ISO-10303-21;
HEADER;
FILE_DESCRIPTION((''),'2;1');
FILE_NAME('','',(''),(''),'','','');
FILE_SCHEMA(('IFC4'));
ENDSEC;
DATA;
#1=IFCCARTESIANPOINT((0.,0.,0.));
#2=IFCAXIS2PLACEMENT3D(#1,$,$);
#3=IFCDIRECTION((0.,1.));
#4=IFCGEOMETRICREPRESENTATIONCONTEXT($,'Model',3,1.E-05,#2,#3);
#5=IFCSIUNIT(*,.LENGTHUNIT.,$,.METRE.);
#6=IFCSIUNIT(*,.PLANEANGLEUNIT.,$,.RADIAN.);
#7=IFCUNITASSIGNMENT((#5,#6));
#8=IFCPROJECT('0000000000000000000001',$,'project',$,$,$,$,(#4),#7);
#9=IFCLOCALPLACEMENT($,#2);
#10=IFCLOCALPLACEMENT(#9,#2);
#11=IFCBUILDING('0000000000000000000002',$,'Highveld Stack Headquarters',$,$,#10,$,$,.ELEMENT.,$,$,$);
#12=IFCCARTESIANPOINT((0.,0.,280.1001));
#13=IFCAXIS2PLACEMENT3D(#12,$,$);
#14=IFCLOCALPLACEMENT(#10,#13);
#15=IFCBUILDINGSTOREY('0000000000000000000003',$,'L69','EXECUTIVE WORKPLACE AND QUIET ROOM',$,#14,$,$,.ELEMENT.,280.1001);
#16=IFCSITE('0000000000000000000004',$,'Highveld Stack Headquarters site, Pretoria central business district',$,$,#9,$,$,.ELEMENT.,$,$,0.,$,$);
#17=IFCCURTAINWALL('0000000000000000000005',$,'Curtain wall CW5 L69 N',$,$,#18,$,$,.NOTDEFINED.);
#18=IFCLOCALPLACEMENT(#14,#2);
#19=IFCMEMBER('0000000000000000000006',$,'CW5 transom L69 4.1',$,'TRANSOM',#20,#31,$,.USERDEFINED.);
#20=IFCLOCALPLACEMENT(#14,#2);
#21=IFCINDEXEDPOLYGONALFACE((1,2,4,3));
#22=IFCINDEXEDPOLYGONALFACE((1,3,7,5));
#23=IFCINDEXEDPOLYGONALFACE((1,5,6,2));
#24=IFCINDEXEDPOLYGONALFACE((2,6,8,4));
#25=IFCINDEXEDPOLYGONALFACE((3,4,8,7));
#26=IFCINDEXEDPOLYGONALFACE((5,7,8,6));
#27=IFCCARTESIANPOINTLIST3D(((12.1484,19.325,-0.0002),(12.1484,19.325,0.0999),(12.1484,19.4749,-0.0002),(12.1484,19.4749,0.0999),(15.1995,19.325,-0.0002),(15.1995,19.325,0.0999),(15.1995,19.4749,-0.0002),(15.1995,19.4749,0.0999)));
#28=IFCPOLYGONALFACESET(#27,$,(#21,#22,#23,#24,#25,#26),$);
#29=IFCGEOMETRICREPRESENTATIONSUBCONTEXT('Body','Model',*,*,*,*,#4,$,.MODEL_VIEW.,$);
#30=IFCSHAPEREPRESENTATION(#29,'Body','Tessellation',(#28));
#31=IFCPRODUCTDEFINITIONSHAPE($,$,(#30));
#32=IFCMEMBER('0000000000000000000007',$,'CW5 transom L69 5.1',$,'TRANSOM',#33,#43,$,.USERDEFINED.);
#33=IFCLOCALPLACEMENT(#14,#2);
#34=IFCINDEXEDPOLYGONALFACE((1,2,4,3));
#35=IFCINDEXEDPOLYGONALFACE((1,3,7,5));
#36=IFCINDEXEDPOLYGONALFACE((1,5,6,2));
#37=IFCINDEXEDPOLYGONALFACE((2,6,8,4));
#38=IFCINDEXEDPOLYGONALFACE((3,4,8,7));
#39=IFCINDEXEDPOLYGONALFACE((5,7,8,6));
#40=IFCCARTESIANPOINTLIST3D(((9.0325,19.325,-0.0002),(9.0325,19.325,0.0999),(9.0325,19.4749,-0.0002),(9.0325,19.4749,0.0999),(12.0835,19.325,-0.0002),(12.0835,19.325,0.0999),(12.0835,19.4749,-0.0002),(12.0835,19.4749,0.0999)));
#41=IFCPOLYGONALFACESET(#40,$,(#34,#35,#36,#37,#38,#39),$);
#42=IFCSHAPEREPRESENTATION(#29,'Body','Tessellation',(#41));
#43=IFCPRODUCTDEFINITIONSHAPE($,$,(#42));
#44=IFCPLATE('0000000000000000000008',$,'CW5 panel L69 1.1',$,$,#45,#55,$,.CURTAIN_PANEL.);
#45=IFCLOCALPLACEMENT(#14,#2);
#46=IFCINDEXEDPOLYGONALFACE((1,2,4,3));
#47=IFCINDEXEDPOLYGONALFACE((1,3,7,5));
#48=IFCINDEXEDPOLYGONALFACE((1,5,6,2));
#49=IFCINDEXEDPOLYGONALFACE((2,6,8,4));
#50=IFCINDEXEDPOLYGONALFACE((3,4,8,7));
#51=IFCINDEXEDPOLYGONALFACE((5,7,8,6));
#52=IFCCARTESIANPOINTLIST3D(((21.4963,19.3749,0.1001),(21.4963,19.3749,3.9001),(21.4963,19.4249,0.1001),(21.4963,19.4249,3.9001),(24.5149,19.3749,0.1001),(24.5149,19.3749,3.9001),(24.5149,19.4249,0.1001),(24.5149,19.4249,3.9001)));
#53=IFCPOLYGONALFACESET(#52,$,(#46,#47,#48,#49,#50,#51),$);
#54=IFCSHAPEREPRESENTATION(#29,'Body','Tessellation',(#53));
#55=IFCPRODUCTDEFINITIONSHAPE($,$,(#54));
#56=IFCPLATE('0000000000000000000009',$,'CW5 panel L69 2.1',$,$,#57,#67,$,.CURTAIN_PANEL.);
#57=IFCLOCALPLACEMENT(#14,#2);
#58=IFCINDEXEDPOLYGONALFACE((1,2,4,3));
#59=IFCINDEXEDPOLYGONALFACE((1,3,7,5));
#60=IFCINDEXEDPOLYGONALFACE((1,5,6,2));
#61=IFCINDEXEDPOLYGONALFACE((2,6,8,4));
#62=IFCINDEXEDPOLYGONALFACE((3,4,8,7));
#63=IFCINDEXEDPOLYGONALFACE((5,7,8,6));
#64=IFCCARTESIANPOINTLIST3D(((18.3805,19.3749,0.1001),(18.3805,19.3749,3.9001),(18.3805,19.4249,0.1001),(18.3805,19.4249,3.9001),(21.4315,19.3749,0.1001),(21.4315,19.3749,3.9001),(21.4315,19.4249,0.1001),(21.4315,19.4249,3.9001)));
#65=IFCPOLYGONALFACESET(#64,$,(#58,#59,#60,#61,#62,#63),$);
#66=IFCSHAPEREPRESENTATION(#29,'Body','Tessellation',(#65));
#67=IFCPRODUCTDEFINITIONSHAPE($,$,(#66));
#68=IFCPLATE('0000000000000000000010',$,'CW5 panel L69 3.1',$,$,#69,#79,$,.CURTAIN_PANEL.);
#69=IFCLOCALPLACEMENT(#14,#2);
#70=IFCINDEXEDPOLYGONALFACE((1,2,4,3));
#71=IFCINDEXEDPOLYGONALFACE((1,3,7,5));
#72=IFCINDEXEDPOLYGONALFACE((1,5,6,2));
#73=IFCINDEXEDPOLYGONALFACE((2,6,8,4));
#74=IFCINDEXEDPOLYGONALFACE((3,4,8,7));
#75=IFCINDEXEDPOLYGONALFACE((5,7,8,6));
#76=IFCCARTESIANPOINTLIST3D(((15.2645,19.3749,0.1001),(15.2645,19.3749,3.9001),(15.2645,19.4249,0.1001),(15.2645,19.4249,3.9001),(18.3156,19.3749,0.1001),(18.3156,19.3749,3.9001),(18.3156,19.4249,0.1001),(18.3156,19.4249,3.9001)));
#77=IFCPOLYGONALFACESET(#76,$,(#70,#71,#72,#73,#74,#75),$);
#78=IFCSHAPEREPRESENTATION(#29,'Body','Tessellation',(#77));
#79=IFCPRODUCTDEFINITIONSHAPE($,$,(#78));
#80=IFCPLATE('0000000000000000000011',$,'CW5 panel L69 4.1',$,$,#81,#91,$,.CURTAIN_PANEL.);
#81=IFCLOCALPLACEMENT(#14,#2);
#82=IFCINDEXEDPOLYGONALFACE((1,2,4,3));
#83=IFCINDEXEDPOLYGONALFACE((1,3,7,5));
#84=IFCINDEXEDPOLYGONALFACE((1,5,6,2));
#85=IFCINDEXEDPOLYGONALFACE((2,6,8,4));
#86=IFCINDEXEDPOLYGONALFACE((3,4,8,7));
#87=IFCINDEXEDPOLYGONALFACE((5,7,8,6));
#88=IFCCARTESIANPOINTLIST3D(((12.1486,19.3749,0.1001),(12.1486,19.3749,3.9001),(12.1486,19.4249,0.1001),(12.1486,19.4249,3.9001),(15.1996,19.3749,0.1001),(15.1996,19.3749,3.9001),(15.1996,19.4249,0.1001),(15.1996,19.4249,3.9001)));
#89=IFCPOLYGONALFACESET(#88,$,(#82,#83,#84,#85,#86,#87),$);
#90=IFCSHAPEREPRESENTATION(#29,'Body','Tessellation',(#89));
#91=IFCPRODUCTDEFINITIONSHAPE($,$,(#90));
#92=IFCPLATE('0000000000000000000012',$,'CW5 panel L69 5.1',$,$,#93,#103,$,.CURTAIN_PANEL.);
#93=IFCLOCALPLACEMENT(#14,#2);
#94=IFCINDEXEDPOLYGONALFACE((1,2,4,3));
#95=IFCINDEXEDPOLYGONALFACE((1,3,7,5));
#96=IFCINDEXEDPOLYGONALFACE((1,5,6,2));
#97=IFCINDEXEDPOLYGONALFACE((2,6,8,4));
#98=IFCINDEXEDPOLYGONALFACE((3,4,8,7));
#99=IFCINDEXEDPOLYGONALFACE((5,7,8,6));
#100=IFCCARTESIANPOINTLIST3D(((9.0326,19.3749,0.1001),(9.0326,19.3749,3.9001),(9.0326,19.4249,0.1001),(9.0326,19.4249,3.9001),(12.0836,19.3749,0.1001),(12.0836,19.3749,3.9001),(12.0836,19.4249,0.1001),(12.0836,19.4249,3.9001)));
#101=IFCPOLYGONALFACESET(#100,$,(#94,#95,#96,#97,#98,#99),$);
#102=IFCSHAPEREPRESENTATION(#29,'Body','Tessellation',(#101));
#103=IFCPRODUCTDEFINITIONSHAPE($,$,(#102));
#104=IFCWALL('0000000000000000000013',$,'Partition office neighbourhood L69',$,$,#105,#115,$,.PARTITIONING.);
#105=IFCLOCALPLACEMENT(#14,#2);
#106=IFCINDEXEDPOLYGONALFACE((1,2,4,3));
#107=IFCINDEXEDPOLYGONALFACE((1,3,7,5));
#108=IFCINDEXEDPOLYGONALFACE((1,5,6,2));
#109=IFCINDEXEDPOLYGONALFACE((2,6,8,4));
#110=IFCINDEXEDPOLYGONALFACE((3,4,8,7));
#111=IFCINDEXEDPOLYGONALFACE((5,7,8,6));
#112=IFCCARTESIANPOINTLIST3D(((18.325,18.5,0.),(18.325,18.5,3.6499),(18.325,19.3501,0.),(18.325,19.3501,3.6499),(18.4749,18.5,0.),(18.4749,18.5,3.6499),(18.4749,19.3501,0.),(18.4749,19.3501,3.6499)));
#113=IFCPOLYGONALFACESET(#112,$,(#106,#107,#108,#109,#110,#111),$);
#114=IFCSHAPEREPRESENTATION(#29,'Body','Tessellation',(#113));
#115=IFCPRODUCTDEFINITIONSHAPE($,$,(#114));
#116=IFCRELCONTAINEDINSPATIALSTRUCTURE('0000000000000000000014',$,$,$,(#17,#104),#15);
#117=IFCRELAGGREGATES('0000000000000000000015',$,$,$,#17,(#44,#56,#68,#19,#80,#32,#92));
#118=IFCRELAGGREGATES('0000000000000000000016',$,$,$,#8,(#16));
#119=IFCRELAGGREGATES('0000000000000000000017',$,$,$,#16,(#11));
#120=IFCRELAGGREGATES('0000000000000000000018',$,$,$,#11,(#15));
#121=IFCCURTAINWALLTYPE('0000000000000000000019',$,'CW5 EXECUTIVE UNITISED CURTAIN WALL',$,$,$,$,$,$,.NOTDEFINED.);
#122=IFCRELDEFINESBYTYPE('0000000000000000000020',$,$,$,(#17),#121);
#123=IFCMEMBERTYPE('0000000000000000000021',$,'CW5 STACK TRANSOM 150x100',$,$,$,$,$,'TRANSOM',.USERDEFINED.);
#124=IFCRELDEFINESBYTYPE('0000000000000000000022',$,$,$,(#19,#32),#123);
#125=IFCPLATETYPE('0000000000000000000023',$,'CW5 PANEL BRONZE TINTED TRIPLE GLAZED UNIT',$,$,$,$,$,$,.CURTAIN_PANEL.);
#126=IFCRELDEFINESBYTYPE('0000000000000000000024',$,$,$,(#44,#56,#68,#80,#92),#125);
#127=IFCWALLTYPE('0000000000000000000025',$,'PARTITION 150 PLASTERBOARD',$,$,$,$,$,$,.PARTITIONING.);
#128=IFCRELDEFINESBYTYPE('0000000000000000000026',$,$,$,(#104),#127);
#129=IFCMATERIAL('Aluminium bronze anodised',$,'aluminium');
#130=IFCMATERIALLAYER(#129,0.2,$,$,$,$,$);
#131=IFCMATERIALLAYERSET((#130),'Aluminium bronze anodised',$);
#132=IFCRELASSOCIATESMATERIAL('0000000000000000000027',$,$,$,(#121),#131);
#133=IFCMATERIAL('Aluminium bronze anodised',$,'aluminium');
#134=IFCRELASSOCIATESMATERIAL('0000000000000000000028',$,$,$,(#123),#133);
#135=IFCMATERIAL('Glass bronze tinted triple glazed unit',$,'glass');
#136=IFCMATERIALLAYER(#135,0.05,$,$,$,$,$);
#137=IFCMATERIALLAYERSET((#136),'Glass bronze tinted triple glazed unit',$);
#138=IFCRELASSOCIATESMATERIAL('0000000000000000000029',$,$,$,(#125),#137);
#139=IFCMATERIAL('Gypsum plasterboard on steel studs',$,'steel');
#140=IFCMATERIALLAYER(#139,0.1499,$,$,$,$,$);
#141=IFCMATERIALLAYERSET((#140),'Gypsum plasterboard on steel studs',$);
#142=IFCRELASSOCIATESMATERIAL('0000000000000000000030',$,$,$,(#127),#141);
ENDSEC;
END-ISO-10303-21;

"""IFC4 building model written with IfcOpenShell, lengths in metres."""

from ifc_helpers import new_model, si_unit, direction, frame, frame_2d, origin, origin_2d, place, context, subcontext, project, spatial, rectangle, extrude, material, layer, layer_set, material_profile, profile_set, type_object, element, aggregate, save


model = new_model("IFC4")

# Units and contexts
model_context = context("Model", 3, precision=1e-05, world=origin(), true_north=direction((0.0, 1.0)))
body_context = subcontext(model_context, "Body", "Model", "MODEL_VIEW")
ifc_project = project(units=[si_unit("LENGTHUNIT", "METRE"), si_unit("PLANEANGLEUNIT", "RADIAN")], contexts=[model_context])

# Site, building, storey
site_placement = place(None, origin())
site = spatial("IfcSite", under=ifc_project, at=site_placement, Name="Highveld Stack Headquarters site, Pretoria central business district", CompositionType="ELEMENT", RefElevation=0.0)
building_placement = place(site_placement, origin())
building = spatial("IfcBuilding", under=site, at=building_placement, Name="Highveld Stack Headquarters", CompositionType="ELEMENT")
storey_placement = place(building_placement, frame((0.0, 0.0, 280.1001)))
storey = spatial("IfcBuildingStorey", under=building, at=storey_placement, Name="L69", Description="EXECUTIVE WORKPLACE AND QUIET ROOM", CompositionType="ELEMENT", Elevation=280.1001)

# Curtain wall, members, plates
ifc_material_1 = material(Name="Aluminium bronze anodised", Category="aluminium")
ifc_layer_1 = layer(ifc_material_1, 0.2)
ifc_layer_set_1 = layer_set([ifc_layer_1], Name="Aluminium bronze anodised")
curtain_wall_type = type_object("IfcCurtainWallType", Name="CW5 EXECUTIVE UNITISED CURTAIN WALL", PredefinedType="NOTDEFINED", material=ifc_layer_set_1)
curtain_wall_placement = place(storey_placement, origin())
curtain_wall = element("IfcCurtainWall", 1, at=curtain_wall_placement, inside=storey, type_object=curtain_wall_type, Name="Curtain wall CW5 L69 N", PredefinedType="NOTDEFINED")
ifc_material_2 = material(Name="Aluminium bronze anodised", Category="aluminium")
ifc_material_profile_1 = material_profile(ifc_material_2, rectangle(XDim=0.1499, YDim=0.1001, at=origin_2d()), Name="CW5 TRANSOM 150x100")
ifc_profile_set_1 = profile_set([ifc_material_profile_1], Name="Aluminium bronze anodised")
member_type_1 = type_object("IfcMemberType", Name="CW5 STACK TRANSOM 150x100", ElementType="TRANSOM", PredefinedType="USERDEFINED", material=ifc_profile_set_1)
member_1_placement = place(storey_placement, frame((15.1995, 19.3999, 0.0498), z_axis=(-1.0, 0.0, 0.0), x_axis=(0.0, -1.0, 0.0)))
member_1 = element("IfcMember", 2, at=member_1_placement, type_object=member_type_1, Name="CW5 transom L69 4.1", ObjectType="TRANSOM", PredefinedType="USERDEFINED", context=body_context, shape_type="SweptSolid", body=[
    extrude(rectangle(XDim=0.1499, YDim=0.1001, at=origin_2d()), origin(), (0.0, 0.0, 1.0), 3.051),
])
member_2_placement = place(storey_placement, frame((12.0835, 19.3999, 0.0498), z_axis=(-1.0, 0.0, 0.0), x_axis=(0.0, -1.0, 0.0)))
member_2 = element("IfcMember", 3, at=member_2_placement, type_object=member_type_1, Name="CW5 transom L69 5.1", ObjectType="TRANSOM", PredefinedType="USERDEFINED", context=body_context, shape_type="SweptSolid", body=[
    extrude(rectangle(XDim=0.1499, YDim=0.1001, at=origin_2d()), origin(), (0.0, 0.0, 1.0), 3.051),
])
ifc_material_3 = material(Name="Glass bronze tinted triple glazed unit", Category="glass")
ifc_layer_2 = layer(ifc_material_3, 0.05)
ifc_layer_set_2 = layer_set([ifc_layer_2], Name="Glass bronze tinted triple glazed unit")
plate_type = type_object("IfcPlateType", Name="CW5 PANEL BRONZE TINTED TRIPLE GLAZED UNIT", PredefinedType="CURTAIN_PANEL", material=ifc_layer_set_2)
plate_1_placement = place(storey_placement, frame((23.0056, 19.3999, 0.1001), z_axis=(0.0, 0.0, 1.0), x_axis=(-1.0, 0.0, 0.0)))
plate_1 = element("IfcPlate", 4, at=plate_1_placement, type_object=plate_type, Name="CW5 panel L69 1.1", PredefinedType="CURTAIN_PANEL", context=body_context, shape_type="SweptSolid", body=[
    extrude(rectangle(XDim=3.0186, YDim=0.05, at=origin_2d()), origin(), (0.0, 0.0, 1.0), 3.8),
])
plate_2_placement = place(storey_placement, frame((19.906, 19.3999, 0.1001), z_axis=(0.0, 0.0, 1.0), x_axis=(-1.0, 0.0, 0.0)))
plate_2 = element("IfcPlate", 5, at=plate_2_placement, type_object=plate_type, Name="CW5 panel L69 2.1", PredefinedType="CURTAIN_PANEL", context=body_context, shape_type="SweptSolid", body=[
    extrude(rectangle(XDim=3.051, YDim=0.05, at=origin_2d()), origin(), (0.0, 0.0, 1.0), 3.8),
])
plate_3_placement = place(storey_placement, frame((16.79, 19.3999, 0.1001), z_axis=(0.0, 0.0, 1.0), x_axis=(-1.0, 0.0, 0.0)))
plate_3 = element("IfcPlate", 6, at=plate_3_placement, type_object=plate_type, Name="CW5 panel L69 3.1", PredefinedType="CURTAIN_PANEL", context=body_context, shape_type="SweptSolid", body=[
    extrude(rectangle(XDim=3.051, YDim=0.05, at=origin_2d()), origin(), (0.0, 0.0, 1.0), 3.8),
])
plate_4_placement = place(storey_placement, frame((13.6741, 19.3999, 0.1001), z_axis=(0.0, 0.0, 1.0), x_axis=(-1.0, 0.0, 0.0)))
plate_4 = element("IfcPlate", 7, at=plate_4_placement, type_object=plate_type, Name="CW5 panel L69 4.1", PredefinedType="CURTAIN_PANEL", context=body_context, shape_type="SweptSolid", body=[
    extrude(rectangle(XDim=3.051, YDim=0.05, at=origin_2d()), origin(), (0.0, 0.0, 1.0), 3.8),
])
plate_5_placement = place(storey_placement, frame((10.5581, 19.3999, 0.1001), z_axis=(0.0, 0.0, 1.0), x_axis=(-1.0, 0.0, 0.0)))
plate_5 = element("IfcPlate", 8, at=plate_5_placement, type_object=plate_type, Name="CW5 panel L69 5.1", PredefinedType="CURTAIN_PANEL", context=body_context, shape_type="SweptSolid", body=[
    extrude(rectangle(XDim=3.051, YDim=0.05, at=origin_2d()), origin(), (0.0, 0.0, 1.0), 3.8),
])
aggregate(curtain_wall, [plate_1, plate_2, plate_3, member_1, plate_4, member_2, plate_5])

# Wall
ifc_material_4 = material(Name="Gypsum plasterboard on steel studs", Category="steel")
ifc_layer_3 = layer(ifc_material_4, 0.1499)
ifc_layer_set_3 = layer_set([ifc_layer_3], Name="Gypsum plasterboard on steel studs")
wall_type = type_object("IfcWallType", Name="PARTITION 150 PLASTERBOARD", PredefinedType="PARTITIONING", material=ifc_layer_set_3)
wall_placement = place(storey_placement, frame((18.3999, 18.5, 0.0), z_axis=(0.0, 0.0, 1.0), x_axis=(0.0, 1.0, 0.0)))
element("IfcWall", 9, at=wall_placement, inside=storey, type_object=wall_type, Name="Partition office neighbourhood L69", PredefinedType="PARTITIONING", context=body_context, shape_type="SweptSolid", body=[
    extrude(rectangle(XDim=0.8501, YDim=0.1499, at=frame_2d((0.425, 0.0))), origin(), (0.0, 0.0, 1.0), 3.6499),
])

save(model, "model.ifc")
